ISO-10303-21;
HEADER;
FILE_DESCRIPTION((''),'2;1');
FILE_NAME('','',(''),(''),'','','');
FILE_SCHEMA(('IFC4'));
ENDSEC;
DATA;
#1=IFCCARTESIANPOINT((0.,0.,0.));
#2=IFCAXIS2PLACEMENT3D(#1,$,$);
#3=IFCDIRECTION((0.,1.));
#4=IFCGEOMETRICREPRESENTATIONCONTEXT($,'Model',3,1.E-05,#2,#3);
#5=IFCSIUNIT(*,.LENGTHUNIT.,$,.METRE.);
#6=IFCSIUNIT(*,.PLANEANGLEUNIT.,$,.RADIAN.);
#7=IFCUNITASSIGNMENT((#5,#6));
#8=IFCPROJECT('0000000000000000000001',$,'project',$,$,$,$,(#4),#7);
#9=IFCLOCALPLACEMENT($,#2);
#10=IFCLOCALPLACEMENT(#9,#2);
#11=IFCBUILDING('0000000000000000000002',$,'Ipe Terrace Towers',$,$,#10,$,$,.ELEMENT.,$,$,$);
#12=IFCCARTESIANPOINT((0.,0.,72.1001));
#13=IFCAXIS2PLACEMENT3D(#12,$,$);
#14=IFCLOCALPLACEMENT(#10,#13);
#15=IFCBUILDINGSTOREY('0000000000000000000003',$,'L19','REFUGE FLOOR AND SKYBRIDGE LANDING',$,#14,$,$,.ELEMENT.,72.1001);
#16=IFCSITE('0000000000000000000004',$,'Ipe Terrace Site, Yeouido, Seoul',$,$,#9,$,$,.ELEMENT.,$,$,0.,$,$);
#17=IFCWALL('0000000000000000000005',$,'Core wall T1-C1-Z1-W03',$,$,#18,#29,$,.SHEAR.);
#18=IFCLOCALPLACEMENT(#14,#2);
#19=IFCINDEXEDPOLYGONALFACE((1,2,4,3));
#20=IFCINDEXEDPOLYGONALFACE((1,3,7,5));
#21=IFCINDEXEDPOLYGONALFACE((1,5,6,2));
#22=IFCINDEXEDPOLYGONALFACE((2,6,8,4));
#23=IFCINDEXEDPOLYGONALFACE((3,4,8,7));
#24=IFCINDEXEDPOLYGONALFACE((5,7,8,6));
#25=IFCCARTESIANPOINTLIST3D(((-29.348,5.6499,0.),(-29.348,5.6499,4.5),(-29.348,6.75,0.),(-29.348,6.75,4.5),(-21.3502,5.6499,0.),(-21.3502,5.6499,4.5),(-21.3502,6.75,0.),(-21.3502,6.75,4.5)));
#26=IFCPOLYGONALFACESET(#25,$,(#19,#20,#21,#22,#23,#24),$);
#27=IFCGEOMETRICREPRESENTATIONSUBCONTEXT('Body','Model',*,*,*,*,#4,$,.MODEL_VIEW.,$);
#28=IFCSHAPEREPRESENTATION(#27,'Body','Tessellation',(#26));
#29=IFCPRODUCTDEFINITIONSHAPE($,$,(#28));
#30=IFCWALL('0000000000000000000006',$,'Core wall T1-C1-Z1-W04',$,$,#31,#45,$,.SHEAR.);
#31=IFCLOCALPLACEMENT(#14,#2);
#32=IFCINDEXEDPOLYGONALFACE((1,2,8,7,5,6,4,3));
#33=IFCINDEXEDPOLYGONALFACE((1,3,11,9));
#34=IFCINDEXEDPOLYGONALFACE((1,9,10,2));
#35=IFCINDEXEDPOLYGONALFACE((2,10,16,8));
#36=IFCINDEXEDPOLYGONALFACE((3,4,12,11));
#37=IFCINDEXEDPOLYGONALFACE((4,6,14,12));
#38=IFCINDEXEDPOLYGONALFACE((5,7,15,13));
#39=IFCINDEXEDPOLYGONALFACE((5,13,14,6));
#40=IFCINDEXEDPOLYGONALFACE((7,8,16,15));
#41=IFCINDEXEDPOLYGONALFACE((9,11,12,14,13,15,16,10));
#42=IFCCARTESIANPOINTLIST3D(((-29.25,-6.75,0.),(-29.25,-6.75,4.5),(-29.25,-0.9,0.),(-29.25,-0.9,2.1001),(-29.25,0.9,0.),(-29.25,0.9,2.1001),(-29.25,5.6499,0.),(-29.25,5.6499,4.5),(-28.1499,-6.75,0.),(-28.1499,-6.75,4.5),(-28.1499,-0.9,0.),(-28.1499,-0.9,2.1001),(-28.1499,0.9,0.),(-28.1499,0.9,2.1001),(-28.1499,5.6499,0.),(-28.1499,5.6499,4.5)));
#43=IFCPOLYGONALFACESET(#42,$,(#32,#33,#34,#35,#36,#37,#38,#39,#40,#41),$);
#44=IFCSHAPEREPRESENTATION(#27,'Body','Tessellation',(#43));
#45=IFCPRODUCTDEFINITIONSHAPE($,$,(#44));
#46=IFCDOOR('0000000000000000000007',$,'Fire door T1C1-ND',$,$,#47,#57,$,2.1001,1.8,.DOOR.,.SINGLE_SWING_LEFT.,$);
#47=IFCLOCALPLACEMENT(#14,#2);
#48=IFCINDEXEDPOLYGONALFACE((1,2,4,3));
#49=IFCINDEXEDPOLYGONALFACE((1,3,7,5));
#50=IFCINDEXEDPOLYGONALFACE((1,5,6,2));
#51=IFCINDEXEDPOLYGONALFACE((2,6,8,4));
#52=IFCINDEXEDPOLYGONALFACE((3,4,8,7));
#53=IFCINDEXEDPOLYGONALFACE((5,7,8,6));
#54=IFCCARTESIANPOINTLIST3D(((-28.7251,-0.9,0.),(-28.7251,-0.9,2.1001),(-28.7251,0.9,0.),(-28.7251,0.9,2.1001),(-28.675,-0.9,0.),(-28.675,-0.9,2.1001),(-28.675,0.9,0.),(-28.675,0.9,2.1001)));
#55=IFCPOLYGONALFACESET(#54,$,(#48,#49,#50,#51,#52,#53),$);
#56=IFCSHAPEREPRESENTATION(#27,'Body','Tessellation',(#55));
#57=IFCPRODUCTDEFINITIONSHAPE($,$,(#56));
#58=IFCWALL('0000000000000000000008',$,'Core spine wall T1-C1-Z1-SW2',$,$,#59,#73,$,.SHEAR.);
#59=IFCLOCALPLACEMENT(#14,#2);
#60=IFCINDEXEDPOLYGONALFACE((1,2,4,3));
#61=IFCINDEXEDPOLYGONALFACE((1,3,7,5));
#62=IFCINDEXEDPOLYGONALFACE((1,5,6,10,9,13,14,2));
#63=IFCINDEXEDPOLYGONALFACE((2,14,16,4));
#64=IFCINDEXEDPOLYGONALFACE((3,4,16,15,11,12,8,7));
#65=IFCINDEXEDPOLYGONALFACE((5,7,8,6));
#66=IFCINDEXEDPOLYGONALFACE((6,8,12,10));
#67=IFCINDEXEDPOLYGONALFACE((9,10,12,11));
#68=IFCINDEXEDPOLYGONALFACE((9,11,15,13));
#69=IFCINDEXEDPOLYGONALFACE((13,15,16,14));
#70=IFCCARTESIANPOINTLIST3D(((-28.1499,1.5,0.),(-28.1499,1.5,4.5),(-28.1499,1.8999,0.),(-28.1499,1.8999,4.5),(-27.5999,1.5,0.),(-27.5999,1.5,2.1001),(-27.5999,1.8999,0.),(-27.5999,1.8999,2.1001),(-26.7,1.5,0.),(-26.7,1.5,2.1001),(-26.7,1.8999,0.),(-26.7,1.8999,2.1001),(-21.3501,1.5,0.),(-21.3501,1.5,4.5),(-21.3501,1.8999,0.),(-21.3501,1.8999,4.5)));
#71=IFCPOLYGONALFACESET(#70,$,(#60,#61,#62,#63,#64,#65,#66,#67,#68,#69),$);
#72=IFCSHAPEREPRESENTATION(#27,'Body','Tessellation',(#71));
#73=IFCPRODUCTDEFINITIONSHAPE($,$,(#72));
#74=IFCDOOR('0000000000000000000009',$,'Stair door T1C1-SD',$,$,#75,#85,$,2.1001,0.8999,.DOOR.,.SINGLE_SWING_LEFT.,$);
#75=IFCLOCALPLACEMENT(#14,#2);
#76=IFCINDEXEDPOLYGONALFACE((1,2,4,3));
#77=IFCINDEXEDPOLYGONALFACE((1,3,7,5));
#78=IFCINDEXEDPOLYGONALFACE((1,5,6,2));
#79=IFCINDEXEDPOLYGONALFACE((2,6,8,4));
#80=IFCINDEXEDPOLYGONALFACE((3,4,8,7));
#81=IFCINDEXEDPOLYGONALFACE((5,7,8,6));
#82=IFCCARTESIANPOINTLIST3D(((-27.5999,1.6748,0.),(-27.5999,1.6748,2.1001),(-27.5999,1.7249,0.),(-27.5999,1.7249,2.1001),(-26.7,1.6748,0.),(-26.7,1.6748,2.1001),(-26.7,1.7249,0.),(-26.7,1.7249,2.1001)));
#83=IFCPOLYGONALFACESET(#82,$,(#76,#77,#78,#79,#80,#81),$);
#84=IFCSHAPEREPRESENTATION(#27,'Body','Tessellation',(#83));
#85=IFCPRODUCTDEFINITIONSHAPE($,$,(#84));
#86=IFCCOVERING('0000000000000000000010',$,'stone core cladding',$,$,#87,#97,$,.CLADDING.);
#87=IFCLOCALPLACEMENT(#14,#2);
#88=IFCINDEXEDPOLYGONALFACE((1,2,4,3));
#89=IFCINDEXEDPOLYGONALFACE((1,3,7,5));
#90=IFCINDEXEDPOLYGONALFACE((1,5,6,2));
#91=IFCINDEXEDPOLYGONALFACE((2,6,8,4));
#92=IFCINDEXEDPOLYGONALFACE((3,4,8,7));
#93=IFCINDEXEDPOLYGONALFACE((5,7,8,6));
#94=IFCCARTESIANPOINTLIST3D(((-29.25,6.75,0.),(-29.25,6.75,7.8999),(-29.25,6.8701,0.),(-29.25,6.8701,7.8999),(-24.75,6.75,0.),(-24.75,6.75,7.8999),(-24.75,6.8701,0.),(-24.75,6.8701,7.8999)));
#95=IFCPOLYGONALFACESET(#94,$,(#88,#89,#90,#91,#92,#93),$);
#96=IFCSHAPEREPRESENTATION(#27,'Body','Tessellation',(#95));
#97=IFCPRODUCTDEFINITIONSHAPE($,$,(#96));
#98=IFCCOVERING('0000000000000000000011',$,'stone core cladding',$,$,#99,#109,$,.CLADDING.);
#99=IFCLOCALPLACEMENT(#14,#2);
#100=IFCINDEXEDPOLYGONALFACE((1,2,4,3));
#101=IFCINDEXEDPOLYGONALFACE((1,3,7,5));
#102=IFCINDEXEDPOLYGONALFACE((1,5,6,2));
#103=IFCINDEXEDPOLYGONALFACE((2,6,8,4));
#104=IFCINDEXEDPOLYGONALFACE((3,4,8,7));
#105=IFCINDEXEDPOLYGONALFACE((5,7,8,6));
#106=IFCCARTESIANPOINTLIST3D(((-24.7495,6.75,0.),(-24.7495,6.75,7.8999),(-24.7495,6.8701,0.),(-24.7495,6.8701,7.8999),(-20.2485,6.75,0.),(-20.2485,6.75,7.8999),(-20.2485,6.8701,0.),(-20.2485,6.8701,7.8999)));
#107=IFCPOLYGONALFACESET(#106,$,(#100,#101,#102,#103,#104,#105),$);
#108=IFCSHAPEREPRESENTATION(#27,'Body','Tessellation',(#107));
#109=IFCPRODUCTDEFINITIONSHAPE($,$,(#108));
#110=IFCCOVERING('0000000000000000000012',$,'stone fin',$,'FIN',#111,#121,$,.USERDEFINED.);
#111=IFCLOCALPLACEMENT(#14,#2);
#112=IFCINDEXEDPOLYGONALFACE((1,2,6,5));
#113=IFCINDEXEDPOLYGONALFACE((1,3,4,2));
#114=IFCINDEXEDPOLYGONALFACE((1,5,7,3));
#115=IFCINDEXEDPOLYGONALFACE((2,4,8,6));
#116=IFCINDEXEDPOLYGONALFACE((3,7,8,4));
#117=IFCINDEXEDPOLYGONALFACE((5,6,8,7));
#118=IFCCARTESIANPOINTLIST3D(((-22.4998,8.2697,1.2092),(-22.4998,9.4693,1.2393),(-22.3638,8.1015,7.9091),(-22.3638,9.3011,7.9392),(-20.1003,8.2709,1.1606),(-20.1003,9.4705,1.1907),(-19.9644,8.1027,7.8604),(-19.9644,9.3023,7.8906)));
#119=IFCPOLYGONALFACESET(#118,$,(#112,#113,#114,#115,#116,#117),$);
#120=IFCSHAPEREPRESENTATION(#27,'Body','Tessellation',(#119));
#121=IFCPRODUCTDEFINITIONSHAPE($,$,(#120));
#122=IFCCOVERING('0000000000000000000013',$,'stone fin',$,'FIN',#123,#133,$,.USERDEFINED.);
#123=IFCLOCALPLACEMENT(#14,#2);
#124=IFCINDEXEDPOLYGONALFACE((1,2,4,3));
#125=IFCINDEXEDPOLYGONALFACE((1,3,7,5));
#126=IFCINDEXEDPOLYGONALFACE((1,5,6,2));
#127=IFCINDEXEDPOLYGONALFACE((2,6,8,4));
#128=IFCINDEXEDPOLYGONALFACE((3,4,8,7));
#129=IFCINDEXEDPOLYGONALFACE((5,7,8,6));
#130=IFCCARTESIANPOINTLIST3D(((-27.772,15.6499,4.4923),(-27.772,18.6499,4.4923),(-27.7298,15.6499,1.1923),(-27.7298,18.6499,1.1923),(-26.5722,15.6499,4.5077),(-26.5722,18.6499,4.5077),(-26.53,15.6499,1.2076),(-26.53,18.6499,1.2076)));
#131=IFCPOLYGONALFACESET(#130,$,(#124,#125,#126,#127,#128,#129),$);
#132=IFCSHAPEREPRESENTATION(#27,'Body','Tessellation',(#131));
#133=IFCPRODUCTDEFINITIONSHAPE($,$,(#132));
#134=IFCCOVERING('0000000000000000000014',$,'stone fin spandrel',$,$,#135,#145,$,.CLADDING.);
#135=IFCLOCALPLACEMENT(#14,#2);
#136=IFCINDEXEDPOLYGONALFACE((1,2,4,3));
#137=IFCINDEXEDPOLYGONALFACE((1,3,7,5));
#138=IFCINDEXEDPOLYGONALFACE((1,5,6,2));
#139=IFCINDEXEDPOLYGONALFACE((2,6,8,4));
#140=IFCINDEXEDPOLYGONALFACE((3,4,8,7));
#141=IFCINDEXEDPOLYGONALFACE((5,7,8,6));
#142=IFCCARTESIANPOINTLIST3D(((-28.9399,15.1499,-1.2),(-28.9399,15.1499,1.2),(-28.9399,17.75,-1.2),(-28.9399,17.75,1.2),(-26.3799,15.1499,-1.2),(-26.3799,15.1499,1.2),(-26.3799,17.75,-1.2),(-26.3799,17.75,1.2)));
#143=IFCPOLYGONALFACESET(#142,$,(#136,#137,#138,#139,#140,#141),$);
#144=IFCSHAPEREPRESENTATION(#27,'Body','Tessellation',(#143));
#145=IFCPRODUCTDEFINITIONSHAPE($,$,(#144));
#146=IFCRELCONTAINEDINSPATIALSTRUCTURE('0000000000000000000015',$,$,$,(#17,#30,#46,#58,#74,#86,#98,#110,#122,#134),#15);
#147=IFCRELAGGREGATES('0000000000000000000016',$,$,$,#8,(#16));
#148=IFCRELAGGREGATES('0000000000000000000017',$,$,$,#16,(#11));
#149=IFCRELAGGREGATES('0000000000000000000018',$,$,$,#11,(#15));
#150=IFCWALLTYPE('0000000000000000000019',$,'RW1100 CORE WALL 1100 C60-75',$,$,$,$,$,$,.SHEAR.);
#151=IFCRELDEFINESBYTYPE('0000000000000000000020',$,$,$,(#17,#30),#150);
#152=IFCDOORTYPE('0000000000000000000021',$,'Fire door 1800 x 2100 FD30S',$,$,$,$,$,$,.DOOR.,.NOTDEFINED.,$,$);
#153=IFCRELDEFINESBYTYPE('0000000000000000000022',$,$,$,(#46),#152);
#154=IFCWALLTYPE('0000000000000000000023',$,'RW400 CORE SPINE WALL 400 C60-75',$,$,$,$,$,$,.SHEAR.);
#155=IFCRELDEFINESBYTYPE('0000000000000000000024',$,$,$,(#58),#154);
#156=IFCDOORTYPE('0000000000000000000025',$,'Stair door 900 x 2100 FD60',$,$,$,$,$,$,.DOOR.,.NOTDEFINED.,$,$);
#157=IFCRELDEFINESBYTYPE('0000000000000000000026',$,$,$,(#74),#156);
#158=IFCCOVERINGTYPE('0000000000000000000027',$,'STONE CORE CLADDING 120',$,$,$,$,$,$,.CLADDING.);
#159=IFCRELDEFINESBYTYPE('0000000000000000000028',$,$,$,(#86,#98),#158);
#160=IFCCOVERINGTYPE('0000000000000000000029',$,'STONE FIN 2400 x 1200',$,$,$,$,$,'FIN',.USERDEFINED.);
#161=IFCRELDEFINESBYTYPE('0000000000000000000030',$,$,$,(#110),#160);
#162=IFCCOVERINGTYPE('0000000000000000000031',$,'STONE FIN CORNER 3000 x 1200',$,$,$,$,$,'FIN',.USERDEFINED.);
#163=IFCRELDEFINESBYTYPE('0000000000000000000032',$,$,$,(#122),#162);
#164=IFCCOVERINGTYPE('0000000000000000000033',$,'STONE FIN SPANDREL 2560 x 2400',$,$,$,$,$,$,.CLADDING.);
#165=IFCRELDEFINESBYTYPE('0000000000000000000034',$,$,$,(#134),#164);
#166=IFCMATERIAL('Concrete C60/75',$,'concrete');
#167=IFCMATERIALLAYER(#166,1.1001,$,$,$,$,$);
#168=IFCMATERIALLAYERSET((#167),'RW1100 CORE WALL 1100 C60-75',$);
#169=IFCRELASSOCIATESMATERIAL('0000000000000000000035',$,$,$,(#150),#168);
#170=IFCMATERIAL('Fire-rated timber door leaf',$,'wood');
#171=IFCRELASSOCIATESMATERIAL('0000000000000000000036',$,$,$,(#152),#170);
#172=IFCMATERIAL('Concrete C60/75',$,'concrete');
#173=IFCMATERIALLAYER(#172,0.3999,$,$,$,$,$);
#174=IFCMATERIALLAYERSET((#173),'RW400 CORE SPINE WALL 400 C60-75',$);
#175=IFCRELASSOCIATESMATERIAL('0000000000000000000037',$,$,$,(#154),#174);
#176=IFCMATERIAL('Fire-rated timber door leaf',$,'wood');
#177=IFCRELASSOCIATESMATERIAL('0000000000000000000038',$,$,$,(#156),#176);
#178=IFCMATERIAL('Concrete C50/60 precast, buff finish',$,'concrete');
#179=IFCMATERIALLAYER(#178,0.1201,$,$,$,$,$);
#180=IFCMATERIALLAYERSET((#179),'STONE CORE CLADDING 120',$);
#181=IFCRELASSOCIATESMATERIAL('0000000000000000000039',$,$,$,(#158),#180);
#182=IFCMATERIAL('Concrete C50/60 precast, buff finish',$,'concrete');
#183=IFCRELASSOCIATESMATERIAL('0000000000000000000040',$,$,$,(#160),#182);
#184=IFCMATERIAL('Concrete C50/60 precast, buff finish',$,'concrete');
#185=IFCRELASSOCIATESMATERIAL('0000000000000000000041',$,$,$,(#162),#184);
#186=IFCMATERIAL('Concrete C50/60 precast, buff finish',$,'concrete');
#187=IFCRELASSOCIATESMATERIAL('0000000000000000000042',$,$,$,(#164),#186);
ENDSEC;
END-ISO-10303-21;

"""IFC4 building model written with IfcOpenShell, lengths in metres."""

from ifc_helpers import new_model, si_unit, direction, frame, frame_2d, origin, origin_2d, place, context, subcontext, project, spatial, rectangle, extrude, material, layer, layer_set, material_profile, profile_set, type_object, element, fill, save


model = new_model("IFC4")

# Units and contexts
model_context = context("Model", 3, precision=1e-05, world=origin(), true_north=direction((0.0, 1.0)))
body_context = subcontext(model_context, "Body", "Model", "MODEL_VIEW")
ifc_project = project(units=[si_unit("LENGTHUNIT", "METRE"), si_unit("PLANEANGLEUNIT", "RADIAN")], contexts=[model_context])

# Site, building, storey
site_placement = place(None, origin())
site = spatial("IfcSite", under=ifc_project, at=site_placement, Name="Ipe Terrace Site, Yeouido, Seoul", CompositionType="ELEMENT", RefElevation=0.0)
building_placement = place(site_placement, origin())
building = spatial("IfcBuilding", under=site, at=building_placement, Name="Ipe Terrace Towers", CompositionType="ELEMENT")
storey_placement = place(building_placement, frame((0.0, 0.0, 72.1001)))
storey = spatial("IfcBuildingStorey", under=building, at=storey_placement, Name="L19", Description="REFUGE FLOOR AND SKYBRIDGE LANDING", CompositionType="ELEMENT", Elevation=72.1001)

# Wall
ifc_material_1 = material(Name="Concrete C60/75", Category="concrete")
ifc_layer_1 = layer(ifc_material_1, 1.1001)
ifc_layer_set_1 = layer_set([ifc_layer_1], Name="RW1100 CORE WALL 1100 C60-75")
wall_type_1 = type_object("IfcWallType", Name="RW1100 CORE WALL 1100 C60-75", PredefinedType="SHEAR", material=ifc_layer_set_1)
wall_1_placement = place(storey_placement, frame((-21.3501, 6.2, 0.0), z_axis=(0.0, 0.0, 1.0), x_axis=(-1.0, 0.0, 0.0)))
element("IfcWall", 1, at=wall_1_placement, inside=storey, type_object=wall_type_1, Name="Core wall T1-C1-Z1-W03", PredefinedType="SHEAR", context=body_context, shape_type="SweptSolid", body=[
    extrude(rectangle(XDim=7.9978, YDim=1.1001, at=frame_2d((3.999, 0.0))), origin(), (0.0, 0.0, 1.0), 4.5),
])

# Walls, openings, doors
wall_2_placement = place(storey_placement, frame((-28.7, 5.6499, 0.0), z_axis=(0.0, 0.0, 1.0), x_axis=(0.0, -1.0, 0.0)))
wall_2 = element("IfcWall", 2, at=wall_2_placement, inside=storey, type_object=wall_type_1, Name="Core wall T1-C1-Z1-W04", PredefinedType="SHEAR", context=body_context, shape_type="SweptSolid", body=[
    extrude(rectangle(XDim=12.3999, YDim=1.1001, at=frame_2d((6.2, 0.0))), origin(), (0.0, 0.0, 1.0), 4.5),
])
opening_1_placement = place(wall_2_placement, frame((4.75, 0.0, 0.0)))
opening_1 = element("IfcOpeningElement", 3, at=opening_1_placement, cuts=wall_2, PredefinedType="OPENING", context=body_context, shape_type="SweptSolid", body=[
    extrude(rectangle(XDim=1.8, YDim=2.1001, at=frame_2d((0.8999, 1.05))), frame((0.0, 0.5601, 0.0), z_axis=(0.0, -1.0, 0.0), x_axis=(1.0, 0.0, 0.0)), (0.0, 0.0, 1.0), 1.1201),
])
ifc_material_2 = material(Name="Fire-rated timber door leaf", Category="wood")
door_type_1 = type_object("IfcDoorType", Name="Fire door 1800 x 2100 FD30S", OperationType="NOTDEFINED", PredefinedType="DOOR", material=ifc_material_2)
door_1_placement = place(opening_1_placement, origin())
door_1 = element("IfcDoor", 4, at=door_1_placement, inside=storey, type_object=door_type_1, Name="Fire door T1C1-ND", OperationType="SINGLE_SWING_LEFT", OverallHeight=2.1001, OverallWidth=1.8, PredefinedType="DOOR", context=body_context, shape_type="SweptSolid", body=[
    extrude(rectangle(XDim=1.8, YDim=2.1001, at=frame_2d((0.8999, 1.05))), frame((0.0, 0.0249, 0.0), z_axis=(0.0, -1.0, 0.0), x_axis=(1.0, 0.0, 0.0)), (0.0, 0.0, 1.0), 0.05),
])
fill(opening_1, door_1)
ifc_material_3 = material(Name="Concrete C60/75", Category="concrete")
ifc_layer_2 = layer(ifc_material_3, 0.3999)
ifc_layer_set_2 = layer_set([ifc_layer_2], Name="RW400 CORE SPINE WALL 400 C60-75")
wall_type_2 = type_object("IfcWallType", Name="RW400 CORE SPINE WALL 400 C60-75", PredefinedType="SHEAR", material=ifc_layer_set_2)
wall_3_placement = place(storey_placement, frame((-28.1499, 1.7, 0.0), z_axis=(0.0, 0.0, 1.0), x_axis=(1.0, 0.0, 0.0)))
wall_3 = element("IfcWall", 5, at=wall_3_placement, inside=storey, type_object=wall_type_2, Name="Core spine wall T1-C1-Z1-SW2", PredefinedType="SHEAR", context=body_context, shape_type="SweptSolid", body=[
    extrude(rectangle(XDim=6.7998, YDim=0.3999, at=frame_2d((3.3999, 0.0))), origin(), (0.0, 0.0, 1.0), 4.5),
])
opening_2_placement = place(wall_3_placement, frame((0.55, 0.0, 0.0)))
opening_2 = element("IfcOpeningElement", 6, at=opening_2_placement, cuts=wall_3, PredefinedType="OPENING", context=body_context, shape_type="SweptSolid", body=[
    extrude(rectangle(XDim=0.8999, YDim=2.1001, at=frame_2d((0.45, 1.05))), frame((0.0, 0.21, 0.0), z_axis=(0.0, -1.0, 0.0), x_axis=(1.0, 0.0, 0.0)), (0.0, 0.0, 1.0), 0.4199),
])
ifc_material_4 = material(Name="Fire-rated timber door leaf", Category="wood")
door_type_2 = type_object("IfcDoorType", Name="Stair door 900 x 2100 FD60", OperationType="NOTDEFINED", PredefinedType="DOOR", material=ifc_material_4)
door_2_placement = place(opening_2_placement, origin())
door_2 = element("IfcDoor", 7, at=door_2_placement, inside=storey, type_object=door_type_2, Name="Stair door T1C1-SD", OperationType="SINGLE_SWING_LEFT", OverallHeight=2.1001, OverallWidth=0.8999, PredefinedType="DOOR", context=body_context, shape_type="SweptSolid", body=[
    extrude(rectangle(XDim=0.8999, YDim=2.1001, at=frame_2d((0.45, 1.05))), frame((0.0, 0.0249, 0.0), z_axis=(0.0, -1.0, 0.0), x_axis=(1.0, 0.0, 0.0)), (0.0, 0.0, 1.0), 0.05),
])
fill(opening_2, door_2)

# Coverings
ifc_material_5 = material(Name="Concrete C50/60 precast, buff finish", Category="concrete")
ifc_layer_3 = layer(ifc_material_5, 0.1201)
ifc_layer_set_3 = layer_set([ifc_layer_3], Name="STONE CORE CLADDING 120")
covering_type_1 = type_object("IfcCoveringType", Name="STONE CORE CLADDING 120", PredefinedType="CLADDING", material=ifc_layer_set_3)
covering_1_placement = place(storey_placement, frame((-27.0, 6.8101, 0.0), z_axis=(0.0, 0.0, 1.0), x_axis=(-1.0, 0.0, 0.0)))
element("IfcCovering", 8, at=covering_1_placement, inside=storey, type_object=covering_type_1, Name="stone core cladding", PredefinedType="CLADDING", context=body_context, shape_type="SweptSolid", body=[
    extrude(rectangle(XDim=4.5, YDim=0.1201, at=origin_2d()), origin(), (0.0, 0.0, 1.0), 7.8999),
])
covering_2_placement = place(storey_placement, frame((-22.499, 6.8101, 0.0), z_axis=(0.0, 0.0, 1.0), x_axis=(-1.0, 0.0, 0.0)))
element("IfcCovering", 9, at=covering_2_placement, inside=storey, type_object=covering_type_1, Name="stone core cladding", PredefinedType="CLADDING", context=body_context, shape_type="SweptSolid", body=[
    extrude(rectangle(XDim=4.501, YDim=0.1201, at=origin_2d()), origin(), (0.0, 0.0, 1.0), 7.8999),
])
ifc_material_6 = material(Name="Concrete C50/60 precast, buff finish", Category="concrete")
ifc_material_profile_1 = material_profile(ifc_material_6, rectangle(XDim=2.3999, YDim=1.2, at=origin_2d()), Name="STONE FIN 2400 x 1200")
ifc_profile_set_1 = profile_set([ifc_material_profile_1], Name="Concrete C50/60 precast, buff finish")
covering_type_2 = type_object("IfcCoveringType", Name="STONE FIN 2400 x 1200", ElementType="FIN", PredefinedType="USERDEFINED", material=ifc_profile_set_1)
covering_3_placement = place(storey_placement, frame((-21.3, 8.8701, 1.2), z_axis=(0.020286, -0.025094, 0.999479), x_axis=(-0.999794, -0.000509, 0.02028)))
element("IfcCovering", 10, at=covering_3_placement, inside=storey, type_object=covering_type_2, Name="stone fin", ObjectType="FIN", PredefinedType="USERDEFINED", context=body_context, shape_type="SweptSolid", body=[
    extrude(rectangle(XDim=2.3999, YDim=1.2, at=origin_2d()), origin(), (0.0, 0.0, 1.0), 6.7034),
])
ifc_material_7 = material(Name="Concrete C50/60 precast, buff finish", Category="concrete")
ifc_material_profile_2 = material_profile(ifc_material_7, rectangle(XDim=3.0, YDim=1.2, at=origin_2d()), Name="STONE FIN CORNER 3000 x 1200")
ifc_profile_set_2 = profile_set([ifc_material_profile_2], Name="Concrete C50/60 precast, buff finish")
covering_type_3 = type_object("IfcCoveringType", Name="STONE FIN CORNER 3000 x 1200", ElementType="FIN", PredefinedType="USERDEFINED", material=ifc_profile_set_2)
covering_4_placement = place(storey_placement, frame((-27.1299, 17.1499, 1.2), z_axis=(-0.012798, 0.0, 0.999918), x_axis=(0.0, 1.0, 0.0)))
element("IfcCovering", 11, at=covering_4_placement, inside=storey, type_object=covering_type_3, Name="stone fin", ObjectType="FIN", PredefinedType="USERDEFINED", context=body_context, shape_type="SweptSolid", body=[
    extrude(rectangle(XDim=3.0, YDim=1.2, at=origin_2d()), origin(), (0.0, 0.0, 1.0), 3.3003),
])
ifc_material_8 = material(Name="Concrete C50/60 precast, buff finish", Category="concrete")
ifc_material_profile_3 = material_profile(ifc_material_8, rectangle(XDim=2.5601, YDim=2.3999, at=origin_2d()), Name="STONE FIN SPANDREL 2560 x 2400")
ifc_profile_set_3 = profile_set([ifc_material_profile_3], Name="Concrete C50/60 precast, buff finish")
covering_type_4 = type_object("IfcCoveringType", Name="STONE FIN SPANDREL 2560 x 2400", PredefinedType="CLADDING", material=ifc_profile_set_3)
covering_5_placement = place(storey_placement, frame((-27.6599, 15.1499, 0.0), z_axis=(0.0, 1.0, 0.0), x_axis=(1.0, 0.0, 0.0)))
element("IfcCovering", 12, at=covering_5_placement, inside=storey, type_object=covering_type_4, Name="stone fin spandrel", PredefinedType="CLADDING", context=body_context, shape_type="SweptSolid", body=[
    extrude(rectangle(XDim=2.5601, YDim=2.3999, at=origin_2d()), origin(), (0.0, 0.0, 1.0), 2.6001),
])

save(model, "model.ifc")
